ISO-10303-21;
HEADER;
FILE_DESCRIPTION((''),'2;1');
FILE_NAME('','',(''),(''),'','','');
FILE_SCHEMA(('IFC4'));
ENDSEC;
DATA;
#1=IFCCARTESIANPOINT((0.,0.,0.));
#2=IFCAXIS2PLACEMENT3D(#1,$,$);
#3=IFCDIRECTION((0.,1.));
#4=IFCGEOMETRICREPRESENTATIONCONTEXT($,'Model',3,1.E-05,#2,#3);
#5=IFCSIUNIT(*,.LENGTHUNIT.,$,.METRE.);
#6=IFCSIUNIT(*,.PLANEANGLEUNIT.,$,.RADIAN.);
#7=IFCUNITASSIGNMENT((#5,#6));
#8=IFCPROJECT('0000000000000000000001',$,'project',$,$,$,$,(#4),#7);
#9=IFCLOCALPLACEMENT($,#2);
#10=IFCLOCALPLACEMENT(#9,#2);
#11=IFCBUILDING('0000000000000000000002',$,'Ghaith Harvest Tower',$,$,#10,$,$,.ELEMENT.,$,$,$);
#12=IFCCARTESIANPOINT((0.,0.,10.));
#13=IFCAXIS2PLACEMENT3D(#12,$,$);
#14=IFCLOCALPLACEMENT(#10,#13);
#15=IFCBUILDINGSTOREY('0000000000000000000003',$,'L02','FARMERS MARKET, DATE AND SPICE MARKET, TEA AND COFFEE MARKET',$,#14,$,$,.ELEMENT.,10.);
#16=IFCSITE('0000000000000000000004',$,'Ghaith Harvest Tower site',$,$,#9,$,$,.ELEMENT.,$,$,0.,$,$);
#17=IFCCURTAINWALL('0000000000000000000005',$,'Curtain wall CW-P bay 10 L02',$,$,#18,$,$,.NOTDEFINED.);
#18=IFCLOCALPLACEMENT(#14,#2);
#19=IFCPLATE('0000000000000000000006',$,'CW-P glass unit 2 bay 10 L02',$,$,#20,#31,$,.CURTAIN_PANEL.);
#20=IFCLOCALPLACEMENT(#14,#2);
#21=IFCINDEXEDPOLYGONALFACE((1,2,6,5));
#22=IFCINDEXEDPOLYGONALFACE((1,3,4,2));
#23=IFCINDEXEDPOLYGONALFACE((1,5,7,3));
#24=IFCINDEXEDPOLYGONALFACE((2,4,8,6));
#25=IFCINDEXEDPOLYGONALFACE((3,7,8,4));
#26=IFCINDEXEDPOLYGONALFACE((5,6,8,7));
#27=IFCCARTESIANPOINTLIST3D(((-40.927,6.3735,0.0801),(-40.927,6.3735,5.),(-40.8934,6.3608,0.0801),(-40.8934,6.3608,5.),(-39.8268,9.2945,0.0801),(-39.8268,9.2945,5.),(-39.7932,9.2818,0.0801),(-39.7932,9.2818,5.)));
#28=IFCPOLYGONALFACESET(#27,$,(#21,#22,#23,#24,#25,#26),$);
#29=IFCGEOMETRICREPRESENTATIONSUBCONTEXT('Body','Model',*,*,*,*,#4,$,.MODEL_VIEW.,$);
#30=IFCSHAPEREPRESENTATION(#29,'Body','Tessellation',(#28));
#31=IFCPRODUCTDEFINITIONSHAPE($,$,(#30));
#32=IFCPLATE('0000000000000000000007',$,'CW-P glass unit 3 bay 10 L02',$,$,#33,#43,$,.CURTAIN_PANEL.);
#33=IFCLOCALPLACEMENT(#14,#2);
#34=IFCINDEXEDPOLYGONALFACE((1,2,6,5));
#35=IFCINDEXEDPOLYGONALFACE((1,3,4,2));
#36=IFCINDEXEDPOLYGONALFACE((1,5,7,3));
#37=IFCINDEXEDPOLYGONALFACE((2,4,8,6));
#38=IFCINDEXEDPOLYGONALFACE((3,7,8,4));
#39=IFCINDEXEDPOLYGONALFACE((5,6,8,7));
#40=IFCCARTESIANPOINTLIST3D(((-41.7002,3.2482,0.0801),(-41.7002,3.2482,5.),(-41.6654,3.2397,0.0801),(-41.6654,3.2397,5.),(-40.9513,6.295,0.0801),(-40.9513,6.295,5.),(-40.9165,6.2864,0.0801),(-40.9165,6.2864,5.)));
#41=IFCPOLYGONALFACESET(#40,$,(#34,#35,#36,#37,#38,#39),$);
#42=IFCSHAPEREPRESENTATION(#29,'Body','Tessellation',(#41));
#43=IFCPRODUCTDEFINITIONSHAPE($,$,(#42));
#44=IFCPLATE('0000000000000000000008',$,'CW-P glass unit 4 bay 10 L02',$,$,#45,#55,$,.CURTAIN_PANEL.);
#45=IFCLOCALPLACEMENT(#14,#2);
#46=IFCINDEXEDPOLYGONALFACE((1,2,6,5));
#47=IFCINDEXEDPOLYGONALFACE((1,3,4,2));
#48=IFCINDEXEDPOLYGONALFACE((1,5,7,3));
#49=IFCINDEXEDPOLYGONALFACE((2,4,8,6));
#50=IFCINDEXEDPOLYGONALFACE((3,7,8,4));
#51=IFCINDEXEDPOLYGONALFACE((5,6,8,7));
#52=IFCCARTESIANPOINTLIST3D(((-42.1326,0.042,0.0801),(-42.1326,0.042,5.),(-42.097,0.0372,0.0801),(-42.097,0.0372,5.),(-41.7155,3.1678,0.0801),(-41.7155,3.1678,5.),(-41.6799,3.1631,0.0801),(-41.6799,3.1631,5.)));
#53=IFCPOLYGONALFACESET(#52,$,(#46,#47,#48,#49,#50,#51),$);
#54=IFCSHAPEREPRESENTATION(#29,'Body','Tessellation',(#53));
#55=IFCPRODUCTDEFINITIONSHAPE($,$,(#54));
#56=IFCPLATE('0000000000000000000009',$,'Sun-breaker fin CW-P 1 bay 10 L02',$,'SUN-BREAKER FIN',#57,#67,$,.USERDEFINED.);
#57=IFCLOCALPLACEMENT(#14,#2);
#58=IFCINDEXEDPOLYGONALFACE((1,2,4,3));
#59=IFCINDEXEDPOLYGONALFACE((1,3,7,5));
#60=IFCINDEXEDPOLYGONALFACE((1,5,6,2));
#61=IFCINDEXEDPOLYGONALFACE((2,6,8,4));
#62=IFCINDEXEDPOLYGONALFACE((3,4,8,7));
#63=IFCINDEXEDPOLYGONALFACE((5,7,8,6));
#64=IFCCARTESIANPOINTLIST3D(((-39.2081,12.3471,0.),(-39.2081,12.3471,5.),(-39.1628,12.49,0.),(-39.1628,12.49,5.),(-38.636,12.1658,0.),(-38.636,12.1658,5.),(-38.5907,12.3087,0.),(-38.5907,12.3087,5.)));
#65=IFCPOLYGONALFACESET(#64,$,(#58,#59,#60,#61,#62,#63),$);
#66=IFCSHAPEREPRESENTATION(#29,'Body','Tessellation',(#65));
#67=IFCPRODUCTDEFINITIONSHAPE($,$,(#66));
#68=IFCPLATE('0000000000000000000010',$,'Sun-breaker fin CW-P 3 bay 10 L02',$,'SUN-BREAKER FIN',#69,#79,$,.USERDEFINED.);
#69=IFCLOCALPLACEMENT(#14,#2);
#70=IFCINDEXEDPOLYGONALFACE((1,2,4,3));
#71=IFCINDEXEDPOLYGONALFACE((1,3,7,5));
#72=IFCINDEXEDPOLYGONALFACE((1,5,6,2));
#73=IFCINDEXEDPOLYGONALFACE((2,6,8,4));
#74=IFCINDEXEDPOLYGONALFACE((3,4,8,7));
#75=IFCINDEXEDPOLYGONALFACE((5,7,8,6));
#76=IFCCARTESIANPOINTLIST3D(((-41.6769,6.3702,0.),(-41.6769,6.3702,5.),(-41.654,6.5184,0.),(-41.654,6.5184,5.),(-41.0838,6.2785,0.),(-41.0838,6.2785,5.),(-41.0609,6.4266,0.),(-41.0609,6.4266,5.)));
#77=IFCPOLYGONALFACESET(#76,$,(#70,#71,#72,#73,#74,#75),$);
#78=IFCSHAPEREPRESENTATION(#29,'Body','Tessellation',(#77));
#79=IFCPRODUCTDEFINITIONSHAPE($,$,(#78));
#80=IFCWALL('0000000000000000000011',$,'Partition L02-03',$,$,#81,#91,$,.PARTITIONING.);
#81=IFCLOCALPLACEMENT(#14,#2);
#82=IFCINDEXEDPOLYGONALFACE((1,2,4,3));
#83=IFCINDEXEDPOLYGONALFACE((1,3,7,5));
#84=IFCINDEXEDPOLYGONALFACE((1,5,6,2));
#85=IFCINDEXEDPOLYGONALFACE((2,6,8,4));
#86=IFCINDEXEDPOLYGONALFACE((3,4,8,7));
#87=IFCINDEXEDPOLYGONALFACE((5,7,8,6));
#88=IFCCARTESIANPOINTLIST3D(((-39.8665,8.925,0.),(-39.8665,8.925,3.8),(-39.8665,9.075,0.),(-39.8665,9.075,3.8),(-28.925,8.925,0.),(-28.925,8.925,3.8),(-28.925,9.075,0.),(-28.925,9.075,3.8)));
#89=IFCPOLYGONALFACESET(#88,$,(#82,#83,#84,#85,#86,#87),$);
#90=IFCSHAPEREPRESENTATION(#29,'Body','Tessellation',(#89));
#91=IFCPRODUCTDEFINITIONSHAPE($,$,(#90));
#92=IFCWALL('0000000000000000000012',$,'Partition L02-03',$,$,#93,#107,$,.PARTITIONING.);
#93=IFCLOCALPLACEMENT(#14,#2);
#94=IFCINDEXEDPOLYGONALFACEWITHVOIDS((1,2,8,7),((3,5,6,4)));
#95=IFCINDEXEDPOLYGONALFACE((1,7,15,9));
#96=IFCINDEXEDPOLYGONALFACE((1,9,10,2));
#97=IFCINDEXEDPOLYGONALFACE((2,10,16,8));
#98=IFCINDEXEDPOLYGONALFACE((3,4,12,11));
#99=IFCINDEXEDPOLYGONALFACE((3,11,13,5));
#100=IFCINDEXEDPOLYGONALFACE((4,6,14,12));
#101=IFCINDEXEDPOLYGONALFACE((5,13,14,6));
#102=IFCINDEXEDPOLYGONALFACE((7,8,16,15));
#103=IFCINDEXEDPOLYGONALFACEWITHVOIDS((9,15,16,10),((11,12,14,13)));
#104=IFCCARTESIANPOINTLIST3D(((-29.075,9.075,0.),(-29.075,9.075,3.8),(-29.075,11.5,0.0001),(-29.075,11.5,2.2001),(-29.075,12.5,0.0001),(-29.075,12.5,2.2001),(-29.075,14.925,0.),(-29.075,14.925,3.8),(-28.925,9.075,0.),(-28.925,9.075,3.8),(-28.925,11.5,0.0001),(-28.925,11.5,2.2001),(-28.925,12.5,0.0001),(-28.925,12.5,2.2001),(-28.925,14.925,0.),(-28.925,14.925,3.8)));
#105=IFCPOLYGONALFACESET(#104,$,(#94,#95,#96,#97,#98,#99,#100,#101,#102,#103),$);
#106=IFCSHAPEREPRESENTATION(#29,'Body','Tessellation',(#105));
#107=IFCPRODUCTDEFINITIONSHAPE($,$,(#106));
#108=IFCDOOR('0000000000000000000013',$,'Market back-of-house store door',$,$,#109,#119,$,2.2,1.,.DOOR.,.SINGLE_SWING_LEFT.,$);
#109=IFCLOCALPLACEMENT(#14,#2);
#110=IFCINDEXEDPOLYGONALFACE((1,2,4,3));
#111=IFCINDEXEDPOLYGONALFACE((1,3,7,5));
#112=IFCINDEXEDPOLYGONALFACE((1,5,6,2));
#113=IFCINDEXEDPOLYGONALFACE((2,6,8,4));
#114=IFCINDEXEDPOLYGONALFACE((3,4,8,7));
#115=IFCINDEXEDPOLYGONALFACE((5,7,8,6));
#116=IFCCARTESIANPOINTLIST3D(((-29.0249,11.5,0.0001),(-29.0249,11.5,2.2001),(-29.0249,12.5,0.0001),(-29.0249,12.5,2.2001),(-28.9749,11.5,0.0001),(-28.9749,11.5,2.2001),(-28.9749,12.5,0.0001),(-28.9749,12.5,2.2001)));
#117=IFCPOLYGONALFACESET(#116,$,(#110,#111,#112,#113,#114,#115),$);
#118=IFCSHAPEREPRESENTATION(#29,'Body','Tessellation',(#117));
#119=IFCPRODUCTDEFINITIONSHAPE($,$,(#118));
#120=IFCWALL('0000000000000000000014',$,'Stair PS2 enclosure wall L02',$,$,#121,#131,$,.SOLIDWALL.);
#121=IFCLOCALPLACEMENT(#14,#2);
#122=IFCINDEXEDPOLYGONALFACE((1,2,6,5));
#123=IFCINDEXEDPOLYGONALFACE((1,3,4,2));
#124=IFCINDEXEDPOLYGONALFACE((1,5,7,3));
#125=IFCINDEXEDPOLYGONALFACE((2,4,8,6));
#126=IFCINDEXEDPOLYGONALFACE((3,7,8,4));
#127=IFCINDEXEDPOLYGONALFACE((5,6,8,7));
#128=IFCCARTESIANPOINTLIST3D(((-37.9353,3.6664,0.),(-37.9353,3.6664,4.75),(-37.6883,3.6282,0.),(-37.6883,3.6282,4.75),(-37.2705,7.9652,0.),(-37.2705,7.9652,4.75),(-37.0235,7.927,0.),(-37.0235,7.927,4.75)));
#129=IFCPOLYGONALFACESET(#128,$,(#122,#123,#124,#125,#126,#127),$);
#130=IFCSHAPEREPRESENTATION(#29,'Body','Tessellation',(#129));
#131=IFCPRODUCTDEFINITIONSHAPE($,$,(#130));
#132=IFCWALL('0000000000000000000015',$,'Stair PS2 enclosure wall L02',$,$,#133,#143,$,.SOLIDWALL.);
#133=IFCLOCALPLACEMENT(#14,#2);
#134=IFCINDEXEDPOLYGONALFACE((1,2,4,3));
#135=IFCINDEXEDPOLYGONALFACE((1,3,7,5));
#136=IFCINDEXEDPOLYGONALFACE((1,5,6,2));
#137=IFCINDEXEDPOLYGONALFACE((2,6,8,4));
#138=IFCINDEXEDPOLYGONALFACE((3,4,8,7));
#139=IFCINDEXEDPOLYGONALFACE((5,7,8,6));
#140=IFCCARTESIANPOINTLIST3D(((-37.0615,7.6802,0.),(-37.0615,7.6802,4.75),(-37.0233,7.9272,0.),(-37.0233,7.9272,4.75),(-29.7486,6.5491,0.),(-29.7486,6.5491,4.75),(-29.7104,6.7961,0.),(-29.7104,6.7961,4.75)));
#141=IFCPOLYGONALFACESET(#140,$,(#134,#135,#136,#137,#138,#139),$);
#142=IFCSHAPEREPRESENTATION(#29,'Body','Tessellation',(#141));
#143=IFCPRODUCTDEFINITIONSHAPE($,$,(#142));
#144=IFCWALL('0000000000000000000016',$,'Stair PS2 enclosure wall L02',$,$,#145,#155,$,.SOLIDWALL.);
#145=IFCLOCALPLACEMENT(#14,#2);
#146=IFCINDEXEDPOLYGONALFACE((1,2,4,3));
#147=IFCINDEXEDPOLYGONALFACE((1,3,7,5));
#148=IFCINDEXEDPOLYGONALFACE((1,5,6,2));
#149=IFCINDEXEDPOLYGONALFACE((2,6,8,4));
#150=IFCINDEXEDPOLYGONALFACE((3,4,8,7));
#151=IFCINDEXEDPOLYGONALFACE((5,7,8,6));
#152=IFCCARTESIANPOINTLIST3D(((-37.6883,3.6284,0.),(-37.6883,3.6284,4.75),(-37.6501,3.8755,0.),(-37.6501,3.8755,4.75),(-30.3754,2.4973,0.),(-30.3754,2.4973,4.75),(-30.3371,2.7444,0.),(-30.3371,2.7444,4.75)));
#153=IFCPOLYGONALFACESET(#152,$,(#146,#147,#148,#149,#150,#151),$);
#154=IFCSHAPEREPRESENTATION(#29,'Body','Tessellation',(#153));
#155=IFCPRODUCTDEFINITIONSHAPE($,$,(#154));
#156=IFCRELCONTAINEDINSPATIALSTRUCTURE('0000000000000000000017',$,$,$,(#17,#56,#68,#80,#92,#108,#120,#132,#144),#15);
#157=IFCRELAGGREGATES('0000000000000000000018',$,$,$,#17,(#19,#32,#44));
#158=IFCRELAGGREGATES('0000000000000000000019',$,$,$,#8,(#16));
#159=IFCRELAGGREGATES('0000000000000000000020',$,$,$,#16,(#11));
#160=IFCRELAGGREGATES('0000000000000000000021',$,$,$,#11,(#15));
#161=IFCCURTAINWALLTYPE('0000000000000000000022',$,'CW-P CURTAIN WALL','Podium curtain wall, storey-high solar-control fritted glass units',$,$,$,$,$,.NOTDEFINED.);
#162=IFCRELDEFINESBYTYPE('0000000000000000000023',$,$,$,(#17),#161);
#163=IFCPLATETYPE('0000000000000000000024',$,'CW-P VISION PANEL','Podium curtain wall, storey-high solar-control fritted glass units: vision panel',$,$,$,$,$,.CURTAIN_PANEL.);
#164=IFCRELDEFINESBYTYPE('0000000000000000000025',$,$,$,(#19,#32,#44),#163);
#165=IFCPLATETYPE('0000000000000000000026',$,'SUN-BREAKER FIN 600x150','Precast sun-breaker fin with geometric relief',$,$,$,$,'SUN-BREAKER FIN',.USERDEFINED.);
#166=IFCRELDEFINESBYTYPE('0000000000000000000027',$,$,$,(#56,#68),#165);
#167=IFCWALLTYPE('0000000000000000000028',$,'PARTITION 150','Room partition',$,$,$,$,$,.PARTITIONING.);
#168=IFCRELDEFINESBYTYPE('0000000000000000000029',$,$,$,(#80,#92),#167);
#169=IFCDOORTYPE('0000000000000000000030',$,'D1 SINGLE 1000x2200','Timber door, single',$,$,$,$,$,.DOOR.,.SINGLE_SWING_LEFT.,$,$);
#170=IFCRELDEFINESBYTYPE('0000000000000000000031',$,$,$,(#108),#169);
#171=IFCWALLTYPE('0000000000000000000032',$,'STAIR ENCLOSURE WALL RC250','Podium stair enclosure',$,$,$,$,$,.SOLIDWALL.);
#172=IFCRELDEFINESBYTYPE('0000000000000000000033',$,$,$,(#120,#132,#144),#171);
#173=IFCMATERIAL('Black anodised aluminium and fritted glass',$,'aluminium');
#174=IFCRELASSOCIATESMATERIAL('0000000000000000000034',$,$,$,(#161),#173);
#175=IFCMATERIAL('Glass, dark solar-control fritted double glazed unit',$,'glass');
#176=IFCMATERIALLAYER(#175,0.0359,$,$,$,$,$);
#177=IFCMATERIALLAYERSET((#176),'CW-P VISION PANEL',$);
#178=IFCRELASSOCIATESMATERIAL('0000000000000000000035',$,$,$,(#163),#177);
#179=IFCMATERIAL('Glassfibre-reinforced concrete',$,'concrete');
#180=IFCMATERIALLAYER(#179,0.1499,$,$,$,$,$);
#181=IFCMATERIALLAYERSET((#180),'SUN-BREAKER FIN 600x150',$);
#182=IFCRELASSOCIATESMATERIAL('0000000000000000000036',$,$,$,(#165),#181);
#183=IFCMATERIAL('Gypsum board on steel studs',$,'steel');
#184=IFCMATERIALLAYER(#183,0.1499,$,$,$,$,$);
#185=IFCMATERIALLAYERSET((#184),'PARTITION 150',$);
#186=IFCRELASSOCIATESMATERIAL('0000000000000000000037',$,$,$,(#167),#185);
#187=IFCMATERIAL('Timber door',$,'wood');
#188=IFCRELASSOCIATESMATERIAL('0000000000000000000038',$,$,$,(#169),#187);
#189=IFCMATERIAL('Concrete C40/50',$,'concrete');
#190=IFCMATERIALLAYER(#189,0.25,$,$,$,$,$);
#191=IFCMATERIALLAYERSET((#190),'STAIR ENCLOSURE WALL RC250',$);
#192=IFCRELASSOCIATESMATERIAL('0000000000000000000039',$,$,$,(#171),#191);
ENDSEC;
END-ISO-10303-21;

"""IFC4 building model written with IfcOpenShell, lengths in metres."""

from ifc_helpers import new_model, si_unit, direction, frame, frame_2d, origin, origin_2d, place, context, subcontext, project, spatial, rectangle, extrude, material, layer, layer_set, type_object, element, fill, aggregate, save


model = new_model("IFC4")

# Units and contexts
model_context = context("Model", 3, precision=1e-05, world=origin(), true_north=direction((0.0, 1.0)))
body_context = subcontext(model_context, "Body", "Model", "MODEL_VIEW")
ifc_project = project(units=[si_unit("LENGTHUNIT", "METRE"), si_unit("PLANEANGLEUNIT", "RADIAN")], contexts=[model_context])

# Site, building, storey
site_placement = place(None, origin())
site = spatial("IfcSite", under=ifc_project, at=site_placement, Name="Ghaith Harvest Tower site", CompositionType="ELEMENT", RefElevation=0.0)
building_placement = place(site_placement, origin())
building = spatial("IfcBuilding", under=site, at=building_placement, Name="Ghaith Harvest Tower", CompositionType="ELEMENT")
storey_placement = place(building_placement, frame((0.0, 0.0, 10.0)))
storey = spatial("IfcBuildingStorey", under=building, at=storey_placement, Name="L02", Description="FARMERS MARKET, DATE AND SPICE MARKET, TEA AND COFFEE MARKET", CompositionType="ELEMENT", Elevation=10.0)

# Curtain wall
ifc_material_1 = material(Name="Black anodised aluminium and fritted glass", Category="aluminium")
curtain_wall_type = type_object("IfcCurtainWallType", Name="CW-P CURTAIN WALL", Description="Podium curtain wall, storey-high solar-control fritted glass units", PredefinedType="NOTDEFINED", material=ifc_material_1)
curtain_wall_1_placement = place(storey_placement, origin())
curtain_wall_1 = element("IfcCurtainWall", 1, at=curtain_wall_1_placement, inside=storey, type_object=curtain_wall_type, Name="Curtain wall CW-P bay 10 L02", PredefinedType="NOTDEFINED")

# Shared definitions
ifc_material_2 = material(Name="Glass, dark solar-control fritted double glazed unit", Category="glass")
ifc_layer_1 = layer(ifc_material_2, 0.0359)
ifc_layer_set_1 = layer_set([ifc_layer_1], Name="CW-P VISION PANEL")
plate_type_1 = type_object("IfcPlateType", Name="CW-P VISION PANEL", Description="Podium curtain wall, storey-high solar-control fritted glass units: vision panel", PredefinedType="CURTAIN_PANEL", material=ifc_layer_set_1)

# Plates
plate_1_placement = place(storey_placement, frame((-40.3601, 7.8276, 0.0801), z_axis=(0.0, 0.0, 1.0), x_axis=(-0.352483, -0.935818, 0.0)))
plate_1 = element("IfcPlate", 2, at=plate_1_placement, type_object=plate_type_1, Name="CW-P glass unit 2 bay 10 L02", PredefinedType="CURTAIN_PANEL", context=body_context, shape_type="SweptSolid", body=[
    extrude(rectangle(XDim=3.1213, YDim=0.0359, at=origin_2d()), origin(), (0.0, 0.0, 1.0), 4.9199),
])
plate_2_placement = place(storey_placement, frame((-41.3083, 4.7673, 0.0801), z_axis=(0.0, 0.0, 1.0), x_axis=(-0.238688, -0.971096, 0.0)))
plate_2 = element("IfcPlate", 3, at=plate_2_placement, type_object=plate_type_1, Name="CW-P glass unit 3 bay 10 L02", PredefinedType="CURTAIN_PANEL", context=body_context, shape_type="SweptSolid", body=[
    extrude(rectangle(XDim=3.1375, YDim=0.0359, at=origin_2d()), origin(), (0.0, 0.0, 1.0), 4.9199),
])
plate_3_placement = place(storey_placement, frame((-41.9062, 1.6025, 0.0801), z_axis=(0.0, 0.0, 1.0), x_axis=(-0.132268, -0.991214, 0.0)))
plate_3 = element("IfcPlate", 4, at=plate_3_placement, type_object=plate_type_1, Name="CW-P glass unit 4 bay 10 L02", PredefinedType="CURTAIN_PANEL", context=body_context, shape_type="SweptSolid", body=[
    extrude(rectangle(XDim=3.1536, YDim=0.0359, at=origin_2d()), origin(), (0.0, 0.0, 1.0), 4.9199),
])
aggregate(curtain_wall_1, [plate_1, plate_2, plate_3])

# Plates
ifc_material_3 = material(Name="Glassfibre-reinforced concrete", Category="concrete")
ifc_layer_2 = layer(ifc_material_3, 0.1499)
ifc_layer_set_2 = layer_set([ifc_layer_2], Name="SUN-BREAKER FIN 600x150")
plate_type_2 = type_object("IfcPlateType", Name="SUN-BREAKER FIN 600x150", Description="Precast sun-breaker fin with geometric relief", ElementType="SUN-BREAKER FIN", PredefinedType="USERDEFINED", material=ifc_layer_set_2)
for number, where, z_axis, x_axis, name in (
    (5, (-38.8994, 12.3279, 0.0), (0.0, 0.0, 1.0), (-0.953273, 0.30211, 0.0), "Sun-breaker fin CW-P 1 bay 10 L02"),
    (6, (-41.3689, 6.3984, 0.0), (0.0, 0.0, 1.0), (-0.988249, 0.152851, 0.0), "Sun-breaker fin CW-P 3 bay 10 L02"),
):
    element("IfcPlate", number, at=place(storey_placement, frame(where, z_axis=z_axis, x_axis=x_axis)), inside=storey, type_object=plate_type_2, Name=name, ObjectType="SUN-BREAKER FIN", PredefinedType="USERDEFINED", context=body_context, shape_type="SweptSolid", body=[
        extrude(rectangle(XDim=0.6001, YDim=0.1499, at=origin_2d()), origin(), (0.0, 0.0, 1.0), 5.0),
    ])

# Wall
ifc_material_4 = material(Name="Gypsum board on steel studs", Category="steel")
ifc_layer_3 = layer(ifc_material_4, 0.1499)
ifc_layer_set_3 = layer_set([ifc_layer_3], Name="PARTITION 150")
wall_type_1 = type_object("IfcWallType", Name="PARTITION 150", Description="Room partition", PredefinedType="PARTITIONING", material=ifc_layer_set_3)
wall_1_placement = place(storey_placement, frame((-39.8665, 9.0, 0.0), z_axis=(0.0, 0.0, 1.0), x_axis=(1.0, 0.0, 0.0)))
element("IfcWall", 7, at=wall_1_placement, inside=storey, type_object=wall_type_1, Name="Partition L02-03", PredefinedType="PARTITIONING", context=body_context, shape_type="SweptSolid", body=[
    extrude(rectangle(XDim=10.9414, YDim=0.1499, at=frame_2d((5.4707, 0.0))), origin(), (0.0, 0.0, 1.0), 3.8),
])

# Wall, opening, door
wall_2_placement = place(storey_placement, frame((-29.0, 9.075, 0.0), z_axis=(0.0, 0.0, 1.0), x_axis=(0.0, 1.0, 0.0)))
wall_2 = element("IfcWall", 8, at=wall_2_placement, inside=storey, type_object=wall_type_1, Name="Partition L02-03", PredefinedType="PARTITIONING", context=body_context, shape_type="SweptSolid", body=[
    extrude(rectangle(XDim=5.8501, YDim=0.1499, at=frame_2d((2.925, 0.0))), origin(), (0.0, 0.0, 1.0), 3.8),
])
opening_1_placement = place(wall_2_placement, frame((2.425, 0.0, 0.0)))
opening_1 = element("IfcOpeningElement", 9, at=opening_1_placement, cuts=wall_2, PredefinedType="OPENING", context=body_context, shape_type="SweptSolid", body=[
    extrude(rectangle(XDim=1.0, YDim=2.2, at=frame_2d((0.5, 1.1001))), frame((0.0, 0.085, 0.0), z_axis=(0.0, -1.0, 0.0), x_axis=(1.0, 0.0, 0.0)), (0.0, 0.0, 1.0), 0.1699),
])
ifc_material_5 = material(Name="Timber door", Category="wood")
door_type_1 = type_object("IfcDoorType", Name="D1 SINGLE 1000x2200", Description="Timber door, single", OperationType="SINGLE_SWING_LEFT", PredefinedType="DOOR", material=ifc_material_5)
door_1_placement = place(opening_1_placement, origin())
door_1 = element("IfcDoor", 10, at=door_1_placement, inside=storey, type_object=door_type_1, Name="Market back-of-house store door", OperationType="SINGLE_SWING_LEFT", OverallHeight=2.2, OverallWidth=1.0, PredefinedType="DOOR", context=body_context, shape_type="SweptSolid", body=[
    extrude(rectangle(XDim=1.0, YDim=2.2, at=frame_2d((0.5, 1.1001))), frame((0.0, 0.0249, 0.0), z_axis=(0.0, -1.0, 0.0), x_axis=(1.0, 0.0, 0.0)), (0.0, 0.0, 1.0), 0.05),
])
fill(opening_1, door_1)
ifc_material_6 = material(Name="Concrete C40/50", Category="concrete")
ifc_layer_4 = layer(ifc_material_6, 0.25)
ifc_layer_set_4 = layer_set([ifc_layer_4], Name="STAIR ENCLOSURE WALL RC250")
wall_type_2 = type_object("IfcWallType", Name="STAIR ENCLOSURE WALL RC250", Description="Podium stair enclosure", PredefinedType="SOLIDWALL", material=ifc_layer_set_4)

# Walls
wall_3_placement = place(storey_placement, frame((-37.8118, 3.6475, 0.0), z_axis=(0.0, 0.0, 1.0), x_axis=(0.152829, 0.988253, 0.0)))
element("IfcWall", 11, at=wall_3_placement, inside=storey, type_object=wall_type_2, Name="Stair PS2 enclosure wall L02", PredefinedType="SOLIDWALL", context=body_context, shape_type="SweptSolid", body=[
    extrude(rectangle(XDim=4.3499, YDim=0.25, at=frame_2d((2.1748, 0.0))), origin(), (0.0, 0.0, 1.0), 4.75),
])
for number, where, z_axis, x_axis, name in (
    (12, (-29.7295, 6.6726, 0.0), (0.0, 0.0, 1.0), (-0.988249, 0.152853, 0.0), "Stair PS2 enclosure wall L02"),
    (13, (-37.6692, 3.752, 0.0), (0.0, 0.0, 1.0), (0.988249, -0.152853, 0.0), "Stair PS2 enclosure wall L02"),
):
    element("IfcWall", number, at=place(storey_placement, frame(where, z_axis=z_axis, x_axis=x_axis)), inside=storey, type_object=wall_type_2, Name=name, PredefinedType="SOLIDWALL", context=body_context, shape_type="SweptSolid", body=[
        extrude(rectangle(XDim=7.3999, YDim=0.25, at=frame_2d((3.7, 0.0))), origin(), (0.0, 0.0, 1.0), 4.75),
    ])

save(model, "model.ifc")
